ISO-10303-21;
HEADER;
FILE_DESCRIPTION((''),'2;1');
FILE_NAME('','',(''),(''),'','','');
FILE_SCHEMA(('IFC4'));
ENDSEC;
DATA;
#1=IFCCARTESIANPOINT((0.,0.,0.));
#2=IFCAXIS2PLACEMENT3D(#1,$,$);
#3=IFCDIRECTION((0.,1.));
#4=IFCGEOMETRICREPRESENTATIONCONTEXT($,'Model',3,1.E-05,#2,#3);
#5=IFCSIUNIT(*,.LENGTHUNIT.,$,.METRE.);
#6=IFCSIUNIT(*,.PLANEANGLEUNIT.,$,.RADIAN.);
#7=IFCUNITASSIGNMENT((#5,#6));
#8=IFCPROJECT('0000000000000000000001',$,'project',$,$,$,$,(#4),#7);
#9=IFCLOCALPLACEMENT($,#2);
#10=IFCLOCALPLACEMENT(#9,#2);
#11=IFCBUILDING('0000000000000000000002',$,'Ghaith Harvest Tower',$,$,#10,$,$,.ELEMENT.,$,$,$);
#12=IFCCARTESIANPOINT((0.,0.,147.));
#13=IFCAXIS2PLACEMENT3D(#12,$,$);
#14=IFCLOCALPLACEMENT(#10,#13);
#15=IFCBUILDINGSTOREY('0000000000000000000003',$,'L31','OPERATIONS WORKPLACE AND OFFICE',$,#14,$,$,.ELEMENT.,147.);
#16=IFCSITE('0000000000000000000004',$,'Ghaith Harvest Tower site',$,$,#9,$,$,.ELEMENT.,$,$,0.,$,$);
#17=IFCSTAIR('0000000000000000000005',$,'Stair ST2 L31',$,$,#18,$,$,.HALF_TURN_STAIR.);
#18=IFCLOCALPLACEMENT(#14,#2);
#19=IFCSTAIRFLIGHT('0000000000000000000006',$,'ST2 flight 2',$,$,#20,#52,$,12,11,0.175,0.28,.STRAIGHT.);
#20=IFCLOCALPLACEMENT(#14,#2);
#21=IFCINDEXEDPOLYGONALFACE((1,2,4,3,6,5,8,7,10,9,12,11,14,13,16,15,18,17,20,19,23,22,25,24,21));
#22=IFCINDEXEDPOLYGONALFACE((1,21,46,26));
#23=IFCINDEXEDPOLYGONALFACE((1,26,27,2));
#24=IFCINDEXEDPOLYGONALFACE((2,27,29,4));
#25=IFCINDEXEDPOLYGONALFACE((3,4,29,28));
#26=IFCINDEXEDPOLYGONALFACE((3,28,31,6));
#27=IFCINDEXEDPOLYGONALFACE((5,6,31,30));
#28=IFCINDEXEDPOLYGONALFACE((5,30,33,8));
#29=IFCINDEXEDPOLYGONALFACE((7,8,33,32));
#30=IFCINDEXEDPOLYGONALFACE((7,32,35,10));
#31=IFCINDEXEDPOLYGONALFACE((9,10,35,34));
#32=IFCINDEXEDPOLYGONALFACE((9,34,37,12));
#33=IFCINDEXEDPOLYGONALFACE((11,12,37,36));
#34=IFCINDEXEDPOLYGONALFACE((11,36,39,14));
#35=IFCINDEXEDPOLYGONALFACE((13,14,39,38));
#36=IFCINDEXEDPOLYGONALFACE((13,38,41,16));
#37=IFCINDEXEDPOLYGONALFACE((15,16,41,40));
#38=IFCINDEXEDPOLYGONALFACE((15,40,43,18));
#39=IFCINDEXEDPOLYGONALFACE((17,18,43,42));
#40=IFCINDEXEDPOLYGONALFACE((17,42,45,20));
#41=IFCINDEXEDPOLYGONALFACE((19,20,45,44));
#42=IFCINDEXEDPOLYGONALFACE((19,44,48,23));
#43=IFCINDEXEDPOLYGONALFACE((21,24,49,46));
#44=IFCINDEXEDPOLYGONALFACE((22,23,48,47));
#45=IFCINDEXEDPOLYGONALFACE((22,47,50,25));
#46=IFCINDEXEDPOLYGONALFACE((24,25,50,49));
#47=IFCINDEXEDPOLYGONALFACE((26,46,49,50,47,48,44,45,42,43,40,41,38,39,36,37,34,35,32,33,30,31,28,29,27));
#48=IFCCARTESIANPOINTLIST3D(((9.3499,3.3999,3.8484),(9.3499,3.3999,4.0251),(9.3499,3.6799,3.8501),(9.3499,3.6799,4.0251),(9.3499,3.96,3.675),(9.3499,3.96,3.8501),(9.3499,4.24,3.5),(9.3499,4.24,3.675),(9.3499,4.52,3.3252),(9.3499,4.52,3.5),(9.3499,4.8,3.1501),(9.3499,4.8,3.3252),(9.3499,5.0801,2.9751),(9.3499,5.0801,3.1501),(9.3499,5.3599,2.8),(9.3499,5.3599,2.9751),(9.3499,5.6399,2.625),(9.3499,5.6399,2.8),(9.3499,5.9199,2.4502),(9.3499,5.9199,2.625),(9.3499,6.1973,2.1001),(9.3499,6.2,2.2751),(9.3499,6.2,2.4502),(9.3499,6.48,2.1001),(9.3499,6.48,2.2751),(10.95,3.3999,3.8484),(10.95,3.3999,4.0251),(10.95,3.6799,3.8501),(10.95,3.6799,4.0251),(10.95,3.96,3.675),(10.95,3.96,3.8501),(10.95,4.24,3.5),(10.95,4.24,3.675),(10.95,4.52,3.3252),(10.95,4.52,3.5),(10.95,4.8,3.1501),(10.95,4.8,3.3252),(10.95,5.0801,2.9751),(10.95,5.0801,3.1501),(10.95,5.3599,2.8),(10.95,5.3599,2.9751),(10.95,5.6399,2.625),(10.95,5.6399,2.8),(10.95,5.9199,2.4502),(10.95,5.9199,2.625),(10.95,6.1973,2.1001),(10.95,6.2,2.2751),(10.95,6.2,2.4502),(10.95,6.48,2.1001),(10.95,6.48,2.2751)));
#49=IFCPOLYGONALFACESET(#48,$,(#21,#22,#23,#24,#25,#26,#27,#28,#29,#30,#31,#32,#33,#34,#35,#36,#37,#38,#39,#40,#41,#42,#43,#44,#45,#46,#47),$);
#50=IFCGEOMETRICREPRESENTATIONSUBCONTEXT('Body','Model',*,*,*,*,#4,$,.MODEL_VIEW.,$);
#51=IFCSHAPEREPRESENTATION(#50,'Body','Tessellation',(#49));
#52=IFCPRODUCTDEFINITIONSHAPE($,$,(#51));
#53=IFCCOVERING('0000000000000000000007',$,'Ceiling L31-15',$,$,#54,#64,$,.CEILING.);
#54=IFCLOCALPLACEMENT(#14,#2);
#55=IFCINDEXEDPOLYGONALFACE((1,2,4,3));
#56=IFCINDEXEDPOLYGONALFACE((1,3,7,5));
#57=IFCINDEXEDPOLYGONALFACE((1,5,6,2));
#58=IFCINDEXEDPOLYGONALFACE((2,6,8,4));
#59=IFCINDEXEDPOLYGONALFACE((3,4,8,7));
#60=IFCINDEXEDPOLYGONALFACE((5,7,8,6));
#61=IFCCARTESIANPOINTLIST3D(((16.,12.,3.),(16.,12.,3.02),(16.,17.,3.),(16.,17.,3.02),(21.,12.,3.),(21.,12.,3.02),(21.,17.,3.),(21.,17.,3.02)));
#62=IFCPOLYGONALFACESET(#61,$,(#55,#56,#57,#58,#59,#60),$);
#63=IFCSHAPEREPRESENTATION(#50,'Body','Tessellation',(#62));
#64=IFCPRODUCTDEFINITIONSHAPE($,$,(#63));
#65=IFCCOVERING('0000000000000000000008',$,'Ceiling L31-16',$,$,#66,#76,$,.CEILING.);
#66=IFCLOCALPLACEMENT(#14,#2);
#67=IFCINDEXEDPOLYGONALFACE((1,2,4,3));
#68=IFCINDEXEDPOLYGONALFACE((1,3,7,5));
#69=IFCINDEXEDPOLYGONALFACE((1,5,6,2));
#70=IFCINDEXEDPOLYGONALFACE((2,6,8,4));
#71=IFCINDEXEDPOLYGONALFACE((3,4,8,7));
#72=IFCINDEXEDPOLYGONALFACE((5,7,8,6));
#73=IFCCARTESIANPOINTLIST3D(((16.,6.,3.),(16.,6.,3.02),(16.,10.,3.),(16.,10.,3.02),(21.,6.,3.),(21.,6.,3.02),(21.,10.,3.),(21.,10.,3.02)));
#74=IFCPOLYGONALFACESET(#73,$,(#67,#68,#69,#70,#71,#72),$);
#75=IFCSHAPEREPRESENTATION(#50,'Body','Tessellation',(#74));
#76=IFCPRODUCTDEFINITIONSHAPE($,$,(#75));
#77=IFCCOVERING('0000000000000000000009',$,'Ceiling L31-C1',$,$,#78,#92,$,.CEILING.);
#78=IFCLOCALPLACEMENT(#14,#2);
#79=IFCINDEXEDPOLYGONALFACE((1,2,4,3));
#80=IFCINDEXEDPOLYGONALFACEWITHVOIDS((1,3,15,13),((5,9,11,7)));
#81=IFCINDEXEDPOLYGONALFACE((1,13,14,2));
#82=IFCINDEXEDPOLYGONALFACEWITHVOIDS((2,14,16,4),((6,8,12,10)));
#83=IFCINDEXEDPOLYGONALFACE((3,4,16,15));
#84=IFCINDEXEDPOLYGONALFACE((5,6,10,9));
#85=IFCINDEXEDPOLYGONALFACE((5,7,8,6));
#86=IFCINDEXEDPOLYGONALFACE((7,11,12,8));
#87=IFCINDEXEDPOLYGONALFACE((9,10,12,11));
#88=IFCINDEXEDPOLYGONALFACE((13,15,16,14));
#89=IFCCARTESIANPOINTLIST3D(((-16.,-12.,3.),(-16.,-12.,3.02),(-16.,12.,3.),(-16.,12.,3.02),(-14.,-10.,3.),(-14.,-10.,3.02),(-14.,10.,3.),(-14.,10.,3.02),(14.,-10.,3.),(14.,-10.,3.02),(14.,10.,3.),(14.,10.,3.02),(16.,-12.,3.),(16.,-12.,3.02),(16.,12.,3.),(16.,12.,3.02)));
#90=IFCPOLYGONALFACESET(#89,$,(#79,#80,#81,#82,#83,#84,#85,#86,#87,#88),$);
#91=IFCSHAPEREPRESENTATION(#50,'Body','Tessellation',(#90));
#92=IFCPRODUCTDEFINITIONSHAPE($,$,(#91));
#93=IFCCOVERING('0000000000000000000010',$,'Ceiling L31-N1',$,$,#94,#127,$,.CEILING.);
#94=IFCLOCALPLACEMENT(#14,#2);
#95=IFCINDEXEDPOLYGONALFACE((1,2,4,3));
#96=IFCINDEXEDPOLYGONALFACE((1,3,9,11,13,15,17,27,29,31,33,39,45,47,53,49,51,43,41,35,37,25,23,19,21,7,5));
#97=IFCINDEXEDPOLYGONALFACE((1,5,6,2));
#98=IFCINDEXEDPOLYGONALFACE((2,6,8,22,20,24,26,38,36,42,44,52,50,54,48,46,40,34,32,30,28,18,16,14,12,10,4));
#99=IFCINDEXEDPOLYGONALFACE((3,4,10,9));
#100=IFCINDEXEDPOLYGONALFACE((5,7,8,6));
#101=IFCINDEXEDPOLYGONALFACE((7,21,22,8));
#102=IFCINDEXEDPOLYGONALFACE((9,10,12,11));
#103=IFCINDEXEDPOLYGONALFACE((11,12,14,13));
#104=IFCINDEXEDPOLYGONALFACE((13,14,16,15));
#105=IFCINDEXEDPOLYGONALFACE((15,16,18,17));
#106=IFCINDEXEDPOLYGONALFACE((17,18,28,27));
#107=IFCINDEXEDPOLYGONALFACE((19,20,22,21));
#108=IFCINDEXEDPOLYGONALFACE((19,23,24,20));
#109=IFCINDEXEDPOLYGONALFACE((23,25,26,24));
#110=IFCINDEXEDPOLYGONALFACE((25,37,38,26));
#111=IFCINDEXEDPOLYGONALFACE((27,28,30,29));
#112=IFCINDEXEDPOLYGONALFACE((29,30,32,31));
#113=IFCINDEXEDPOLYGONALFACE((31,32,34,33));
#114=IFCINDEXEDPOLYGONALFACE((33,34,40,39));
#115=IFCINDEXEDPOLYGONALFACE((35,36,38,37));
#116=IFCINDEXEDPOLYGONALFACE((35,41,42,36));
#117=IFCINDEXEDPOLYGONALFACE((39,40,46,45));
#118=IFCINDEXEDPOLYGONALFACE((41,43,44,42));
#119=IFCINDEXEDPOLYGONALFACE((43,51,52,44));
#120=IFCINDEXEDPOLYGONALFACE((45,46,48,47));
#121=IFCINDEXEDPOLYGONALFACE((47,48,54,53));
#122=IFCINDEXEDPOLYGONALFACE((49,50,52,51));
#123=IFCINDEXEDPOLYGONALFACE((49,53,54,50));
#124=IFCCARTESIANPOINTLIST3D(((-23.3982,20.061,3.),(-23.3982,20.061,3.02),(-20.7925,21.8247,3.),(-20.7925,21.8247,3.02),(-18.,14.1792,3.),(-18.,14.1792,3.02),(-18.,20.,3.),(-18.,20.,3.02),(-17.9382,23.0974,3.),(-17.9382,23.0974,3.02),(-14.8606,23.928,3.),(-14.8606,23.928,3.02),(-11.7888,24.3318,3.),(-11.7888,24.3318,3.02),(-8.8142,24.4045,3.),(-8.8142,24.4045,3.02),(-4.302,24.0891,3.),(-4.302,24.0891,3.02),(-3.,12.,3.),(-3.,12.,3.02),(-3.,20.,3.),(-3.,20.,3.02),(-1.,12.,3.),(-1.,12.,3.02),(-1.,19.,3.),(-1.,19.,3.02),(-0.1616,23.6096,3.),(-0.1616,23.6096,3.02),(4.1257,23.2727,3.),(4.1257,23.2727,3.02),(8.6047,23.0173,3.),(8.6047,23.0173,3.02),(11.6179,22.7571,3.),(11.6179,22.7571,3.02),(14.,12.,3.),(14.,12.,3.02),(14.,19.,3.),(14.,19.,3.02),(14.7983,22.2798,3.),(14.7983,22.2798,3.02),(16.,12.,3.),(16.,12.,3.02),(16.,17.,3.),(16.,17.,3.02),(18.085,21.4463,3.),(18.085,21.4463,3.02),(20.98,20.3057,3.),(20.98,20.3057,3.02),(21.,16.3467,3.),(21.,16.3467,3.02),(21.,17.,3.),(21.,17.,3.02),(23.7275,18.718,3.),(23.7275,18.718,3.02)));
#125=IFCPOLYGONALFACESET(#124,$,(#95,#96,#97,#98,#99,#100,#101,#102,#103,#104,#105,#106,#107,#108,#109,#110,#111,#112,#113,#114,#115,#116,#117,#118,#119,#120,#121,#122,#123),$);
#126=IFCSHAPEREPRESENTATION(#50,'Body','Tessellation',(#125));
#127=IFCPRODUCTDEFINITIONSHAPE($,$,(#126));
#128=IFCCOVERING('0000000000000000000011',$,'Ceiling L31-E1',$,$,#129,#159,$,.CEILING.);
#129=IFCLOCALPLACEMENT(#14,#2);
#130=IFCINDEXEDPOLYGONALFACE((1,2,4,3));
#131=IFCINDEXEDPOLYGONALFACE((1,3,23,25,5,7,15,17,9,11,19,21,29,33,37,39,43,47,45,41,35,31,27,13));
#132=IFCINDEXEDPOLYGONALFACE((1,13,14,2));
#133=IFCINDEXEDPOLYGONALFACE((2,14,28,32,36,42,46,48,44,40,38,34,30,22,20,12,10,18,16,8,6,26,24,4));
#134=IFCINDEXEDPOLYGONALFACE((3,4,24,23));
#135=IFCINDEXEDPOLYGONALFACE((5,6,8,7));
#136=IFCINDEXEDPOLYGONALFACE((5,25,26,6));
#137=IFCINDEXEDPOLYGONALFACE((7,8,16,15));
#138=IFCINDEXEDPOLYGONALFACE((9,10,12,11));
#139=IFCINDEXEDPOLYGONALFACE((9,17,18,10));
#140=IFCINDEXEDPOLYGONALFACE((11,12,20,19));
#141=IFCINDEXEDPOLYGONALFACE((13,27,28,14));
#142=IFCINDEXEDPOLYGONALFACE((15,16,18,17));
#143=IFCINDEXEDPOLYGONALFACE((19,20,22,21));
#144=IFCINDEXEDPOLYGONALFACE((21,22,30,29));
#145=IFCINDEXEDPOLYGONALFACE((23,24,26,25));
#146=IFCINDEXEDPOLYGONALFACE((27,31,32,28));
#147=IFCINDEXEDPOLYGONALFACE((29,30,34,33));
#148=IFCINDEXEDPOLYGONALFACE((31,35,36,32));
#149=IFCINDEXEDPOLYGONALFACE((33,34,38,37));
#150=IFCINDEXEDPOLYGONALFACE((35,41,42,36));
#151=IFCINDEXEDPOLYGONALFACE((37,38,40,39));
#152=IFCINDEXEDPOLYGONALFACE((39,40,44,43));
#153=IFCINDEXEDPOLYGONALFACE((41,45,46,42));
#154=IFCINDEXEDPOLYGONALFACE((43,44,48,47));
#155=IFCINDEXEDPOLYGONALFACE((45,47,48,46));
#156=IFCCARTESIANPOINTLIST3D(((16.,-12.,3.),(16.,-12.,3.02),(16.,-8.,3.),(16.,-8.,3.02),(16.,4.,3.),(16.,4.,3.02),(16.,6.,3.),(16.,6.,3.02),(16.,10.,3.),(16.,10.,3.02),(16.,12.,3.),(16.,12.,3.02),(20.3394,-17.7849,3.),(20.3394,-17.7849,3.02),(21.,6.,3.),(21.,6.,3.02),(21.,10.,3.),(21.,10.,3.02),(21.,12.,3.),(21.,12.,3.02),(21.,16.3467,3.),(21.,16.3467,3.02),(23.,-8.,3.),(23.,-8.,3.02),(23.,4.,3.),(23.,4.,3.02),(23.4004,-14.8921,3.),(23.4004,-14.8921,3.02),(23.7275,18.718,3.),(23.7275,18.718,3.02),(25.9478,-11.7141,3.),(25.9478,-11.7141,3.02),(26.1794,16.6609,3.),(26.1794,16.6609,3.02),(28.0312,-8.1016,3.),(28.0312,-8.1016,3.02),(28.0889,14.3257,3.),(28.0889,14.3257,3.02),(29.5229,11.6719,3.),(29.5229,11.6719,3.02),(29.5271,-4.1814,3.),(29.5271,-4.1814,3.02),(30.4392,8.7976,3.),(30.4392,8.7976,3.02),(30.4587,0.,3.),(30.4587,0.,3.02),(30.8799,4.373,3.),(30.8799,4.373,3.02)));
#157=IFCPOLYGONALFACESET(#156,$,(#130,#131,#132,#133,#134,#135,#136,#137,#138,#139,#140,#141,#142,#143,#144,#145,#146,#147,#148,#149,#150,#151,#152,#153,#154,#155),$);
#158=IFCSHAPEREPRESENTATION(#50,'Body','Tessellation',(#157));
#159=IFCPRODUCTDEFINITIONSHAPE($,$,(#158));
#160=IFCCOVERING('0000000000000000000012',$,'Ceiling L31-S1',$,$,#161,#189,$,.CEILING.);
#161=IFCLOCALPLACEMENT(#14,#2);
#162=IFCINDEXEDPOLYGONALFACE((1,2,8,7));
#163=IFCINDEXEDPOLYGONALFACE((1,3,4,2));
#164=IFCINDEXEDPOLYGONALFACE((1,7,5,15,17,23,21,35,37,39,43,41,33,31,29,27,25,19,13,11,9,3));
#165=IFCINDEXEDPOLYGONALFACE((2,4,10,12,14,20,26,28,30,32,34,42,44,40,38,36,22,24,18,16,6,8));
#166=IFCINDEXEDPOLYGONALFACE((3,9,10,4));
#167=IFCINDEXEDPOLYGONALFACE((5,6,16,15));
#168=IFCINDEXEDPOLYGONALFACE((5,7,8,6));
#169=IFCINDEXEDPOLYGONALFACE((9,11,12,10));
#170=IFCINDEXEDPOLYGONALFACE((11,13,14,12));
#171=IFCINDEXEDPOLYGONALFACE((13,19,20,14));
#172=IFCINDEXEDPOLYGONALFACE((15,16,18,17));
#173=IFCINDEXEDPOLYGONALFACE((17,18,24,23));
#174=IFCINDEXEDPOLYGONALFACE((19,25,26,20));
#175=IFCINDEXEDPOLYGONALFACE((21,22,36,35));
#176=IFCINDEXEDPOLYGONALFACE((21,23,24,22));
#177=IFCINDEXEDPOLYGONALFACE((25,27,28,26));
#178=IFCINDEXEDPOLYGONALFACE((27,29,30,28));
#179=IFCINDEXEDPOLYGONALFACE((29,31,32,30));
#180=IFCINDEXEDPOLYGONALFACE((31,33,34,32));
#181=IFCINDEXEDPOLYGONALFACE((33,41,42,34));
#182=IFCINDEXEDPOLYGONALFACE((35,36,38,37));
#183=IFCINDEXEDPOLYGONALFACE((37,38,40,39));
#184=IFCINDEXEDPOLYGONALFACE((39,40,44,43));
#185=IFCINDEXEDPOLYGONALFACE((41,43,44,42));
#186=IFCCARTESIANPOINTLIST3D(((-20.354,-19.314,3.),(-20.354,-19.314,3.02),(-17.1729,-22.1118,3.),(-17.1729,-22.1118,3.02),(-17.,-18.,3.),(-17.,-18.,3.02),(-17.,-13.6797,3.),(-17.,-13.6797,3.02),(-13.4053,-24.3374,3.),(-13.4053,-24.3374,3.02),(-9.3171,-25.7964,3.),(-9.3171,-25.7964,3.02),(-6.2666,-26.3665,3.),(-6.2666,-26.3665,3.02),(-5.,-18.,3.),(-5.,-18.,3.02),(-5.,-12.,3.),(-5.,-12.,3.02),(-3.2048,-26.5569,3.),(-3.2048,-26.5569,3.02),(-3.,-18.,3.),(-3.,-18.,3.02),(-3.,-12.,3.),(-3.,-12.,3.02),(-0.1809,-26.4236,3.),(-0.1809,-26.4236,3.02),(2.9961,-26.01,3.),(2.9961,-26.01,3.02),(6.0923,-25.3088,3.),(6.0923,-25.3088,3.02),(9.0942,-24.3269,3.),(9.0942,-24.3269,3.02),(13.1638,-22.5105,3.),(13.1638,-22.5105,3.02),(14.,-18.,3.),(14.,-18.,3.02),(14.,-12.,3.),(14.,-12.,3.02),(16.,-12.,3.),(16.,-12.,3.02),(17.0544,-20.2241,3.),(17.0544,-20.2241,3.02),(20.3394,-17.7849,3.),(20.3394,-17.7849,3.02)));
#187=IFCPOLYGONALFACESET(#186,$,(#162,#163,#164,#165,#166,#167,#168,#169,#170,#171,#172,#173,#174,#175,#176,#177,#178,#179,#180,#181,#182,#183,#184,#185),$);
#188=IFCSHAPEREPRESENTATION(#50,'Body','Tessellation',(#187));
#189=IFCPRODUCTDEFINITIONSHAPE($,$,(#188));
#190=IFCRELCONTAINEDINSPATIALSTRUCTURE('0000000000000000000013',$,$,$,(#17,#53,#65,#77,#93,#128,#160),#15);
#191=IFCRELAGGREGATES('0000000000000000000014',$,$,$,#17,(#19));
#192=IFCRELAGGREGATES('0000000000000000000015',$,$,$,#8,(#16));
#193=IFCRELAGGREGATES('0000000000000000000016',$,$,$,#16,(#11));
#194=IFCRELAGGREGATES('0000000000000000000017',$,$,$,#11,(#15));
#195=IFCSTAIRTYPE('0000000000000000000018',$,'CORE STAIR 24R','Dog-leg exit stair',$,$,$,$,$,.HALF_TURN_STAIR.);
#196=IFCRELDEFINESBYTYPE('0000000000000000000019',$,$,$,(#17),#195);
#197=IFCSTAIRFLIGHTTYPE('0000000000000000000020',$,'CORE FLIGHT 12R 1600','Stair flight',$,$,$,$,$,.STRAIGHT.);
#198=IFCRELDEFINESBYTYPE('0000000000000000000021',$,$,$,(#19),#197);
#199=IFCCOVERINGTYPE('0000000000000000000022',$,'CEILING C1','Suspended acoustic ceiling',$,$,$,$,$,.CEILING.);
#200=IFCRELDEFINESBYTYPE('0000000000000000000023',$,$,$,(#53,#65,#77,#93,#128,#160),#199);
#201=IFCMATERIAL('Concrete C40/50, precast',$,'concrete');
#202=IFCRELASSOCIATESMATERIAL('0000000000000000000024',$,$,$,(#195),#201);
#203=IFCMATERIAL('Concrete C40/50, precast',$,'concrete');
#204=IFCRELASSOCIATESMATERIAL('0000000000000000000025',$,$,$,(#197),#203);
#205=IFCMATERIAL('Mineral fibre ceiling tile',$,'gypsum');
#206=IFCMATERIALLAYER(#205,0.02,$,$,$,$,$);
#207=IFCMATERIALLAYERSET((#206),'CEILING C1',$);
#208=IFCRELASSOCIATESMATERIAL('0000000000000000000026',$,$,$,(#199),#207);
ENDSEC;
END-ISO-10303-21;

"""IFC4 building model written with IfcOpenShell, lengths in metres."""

from ifc_helpers import new_model, si_unit, direction, frame, origin, place, context, subcontext, project, spatial, polyline, outline, extrude, material, layer, layer_set, type_object, element, aggregate, save


model = new_model("IFC4")

# Units and contexts
model_context = context("Model", 3, precision=1e-05, world=origin(), true_north=direction((0.0, 1.0)))
body_context = subcontext(model_context, "Body", "Model", "MODEL_VIEW")
ifc_project = project(units=[si_unit("LENGTHUNIT", "METRE"), si_unit("PLANEANGLEUNIT", "RADIAN")], contexts=[model_context])

# Site, building, storey
site_placement = place(None, origin())
site = spatial("IfcSite", under=ifc_project, at=site_placement, Name="Ghaith Harvest Tower site", CompositionType="ELEMENT", RefElevation=0.0)
building_placement = place(site_placement, origin())
building = spatial("IfcBuilding", under=site, at=building_placement, Name="Ghaith Harvest Tower", CompositionType="ELEMENT")
storey_placement = place(building_placement, frame((0.0, 0.0, 147.0)))
storey = spatial("IfcBuildingStorey", under=building, at=storey_placement, Name="L31", Description="OPERATIONS WORKPLACE AND OFFICE", CompositionType="ELEMENT", Elevation=147.0)

# Stair, stair flight
ifc_material_1 = material(Name="Concrete C40/50, precast", Category="concrete")
stair_type = type_object("IfcStairType", Name="CORE STAIR 24R", Description="Dog-leg exit stair", PredefinedType="HALF_TURN_STAIR", material=ifc_material_1)
stair_placement = place(storey_placement, origin())
stair = element("IfcStair", 1, at=stair_placement, inside=storey, type_object=stair_type, Name="Stair ST2 L31", PredefinedType="HALF_TURN_STAIR")
ifc_material_2 = material(Name="Concrete C40/50, precast", Category="concrete")
stair_flight_type = type_object("IfcStairFlightType", Name="CORE FLIGHT 12R 1600", Description="Stair flight", PredefinedType="STRAIGHT", material=ifc_material_2)
stair_flight_1_placement = place(storey_placement, frame((10.1499, 6.48, 2.1001), z_axis=(0.0, 0.0, 1.0), x_axis=(0.0, -1.0, 0.0)))
stair_flight_1 = element("IfcStairFlight", 2, at=stair_flight_1_placement, type_object=stair_flight_type, Name="ST2 flight 2", NumberOfRisers=12, NumberOfTreads=11, PredefinedType="STRAIGHT", RiserHeight=0.175, TreadLength=0.28, context=body_context, shape_type="SweptSolid", body=[
    extrude(outline(polyline([(0.0, 0.0), (0.0, 0.175), (0.28, 0.175), (0.28, 0.3501), (0.5601, 0.3501), (0.5601, 0.5249), (0.8401, 0.5249), (0.8401, 0.7), (1.1201, 0.7), (1.1201, 0.875), (1.3999, 0.875), (1.3999, 1.05), (1.6799, 1.05), (1.6799, 1.2251), (1.96, 1.2251), (1.96, 1.3999), (2.24, 1.3999), (2.24, 1.575), (2.52, 1.575), (2.52, 1.75), (2.8, 1.75), (2.8, 1.925), (3.0801, 1.925), (3.0801, 2.1001), (3.0801, 1.7483), (0.2827, 0.0), (0.0, 0.0)])), frame((0.0, 0.8, 0.0), z_axis=(0.0, -1.0, 0.0), x_axis=(1.0, 0.0, 0.0)), (0.0, 0.0, 1.0), 1.6001),
])
aggregate(stair, [stair_flight_1])

# Coverings
ifc_material_3 = material(Name="Mineral fibre ceiling tile", Category="gypsum")
ifc_layer_1 = layer(ifc_material_3, 0.02)
ifc_layer_set_1 = layer_set([ifc_layer_1], Name="CEILING C1")
covering_type = type_object("IfcCoveringType", Name="CEILING C1", Description="Suspended acoustic ceiling", PredefinedType="CEILING", material=ifc_layer_set_1)
covering_1_placement = place(storey_placement, frame((0.0, 0.0, 3.0)))
element("IfcCovering", 3, at=covering_1_placement, inside=storey, type_object=covering_type, Name="Ceiling L31-15", PredefinedType="CEILING", context=body_context, shape_type="SweptSolid", body=[
    extrude(outline(polyline([(16.0, 12.0), (21.0, 12.0), (21.0, 17.0), (16.0, 17.0), (16.0, 12.0)])), origin(), (0.0, 0.0, 1.0), 0.02),
])
covering_2_placement = place(storey_placement, frame((0.0, 0.0, 3.0)))
element("IfcCovering", 4, at=covering_2_placement, inside=storey, type_object=covering_type, Name="Ceiling L31-16", PredefinedType="CEILING", context=body_context, shape_type="SweptSolid", body=[
    extrude(outline(polyline([(16.0, 6.0), (21.0, 6.0), (21.0, 10.0), (16.0, 10.0), (16.0, 6.0)])), origin(), (0.0, 0.0, 1.0), 0.02),
])
covering_3_placement = place(storey_placement, frame((0.0, 0.0, 3.0)))
element("IfcCovering", 5, at=covering_3_placement, inside=storey, type_object=covering_type, Name="Ceiling L31-C1", PredefinedType="CEILING", context=body_context, shape_type="SweptSolid", body=[
    extrude(outline(polyline([(-16.0, 12.0), (16.0, 12.0), (16.0, -12.0), (-16.0, -12.0), (-16.0, 12.0)]), holes=[polyline([(14.0, 10.0), (-14.0, 10.0), (-14.0, -10.0), (14.0, -10.0), (14.0, 10.0)])]), origin(), (0.0, 0.0, 1.0), 0.02),
])
covering_4_placement = place(storey_placement, frame((0.0, 0.0, 3.0)))
element("IfcCovering", 6, at=covering_4_placement, inside=storey, type_object=covering_type, Name="Ceiling L31-N1", PredefinedType="CEILING", context=body_context, shape_type="SweptSolid", body=[
    extrude(outline(polyline([(-20.7925, 21.8247), (-17.9382, 23.0974), (-14.8606, 23.928), (-11.7888, 24.3318), (-8.8142, 24.4045), (-4.302, 24.0891), (-0.1616, 23.6096), (4.1257, 23.2727), (8.6047, 23.0173), (11.6179, 22.7571), (14.7983, 22.2798), (18.085, 21.4463), (20.98, 20.3057), (23.7275, 18.718), (21.0, 16.3467), (21.0, 17.0), (16.0, 17.0), (16.0, 12.0), (14.0, 12.0), (14.0, 19.0), (-1.0, 19.0), (-1.0, 12.0), (-3.0, 12.0), (-3.0, 20.0), (-18.0, 20.0), (-18.0, 14.1792), (-23.3982, 20.061), (-20.7925, 21.8247)])), origin(), (0.0, 0.0, 1.0), 0.02),
])
covering_5_placement = place(storey_placement, frame((0.0, 0.0, 3.0)))
element("IfcCovering", 7, at=covering_5_placement, inside=storey, type_object=covering_type, Name="Ceiling L31-E1", PredefinedType="CEILING", context=body_context, shape_type="SweptSolid", body=[
    extrude(outline(polyline([(26.1794, 16.6609), (28.0889, 14.3257), (29.5229, 11.6719), (30.4392, 8.7976), (30.8799, 4.373), (30.4587, 0.0), (29.5271, -4.1814), (28.0312, -8.1016), (25.9478, -11.7141), (23.4004, -14.8921), (20.3394, -17.7849), (16.0, -12.0), (16.0, -8.0), (23.0, -8.0), (23.0, 4.0), (16.0, 4.0), (16.0, 6.0), (21.0, 6.0), (21.0, 10.0), (16.0, 10.0), (16.0, 12.0), (21.0, 12.0), (21.0, 16.3467), (23.7275, 18.718), (26.1794, 16.6609)])), origin(), (0.0, 0.0, 1.0), 0.02),
])
covering_6_placement = place(storey_placement, frame((0.0, 0.0, 3.0)))
element("IfcCovering", 8, at=covering_6_placement, inside=storey, type_object=covering_type, Name="Ceiling L31-S1", PredefinedType="CEILING", context=body_context, shape_type="SweptSolid", body=[
    extrude(outline(polyline([(17.0544, -20.2241), (13.1638, -22.5105), (9.0942, -24.3269), (6.0923, -25.3088), (2.9961, -26.01), (-0.1809, -26.4236), (-3.2048, -26.5569), (-6.2666, -26.3665), (-9.3171, -25.7964), (-13.4053, -24.3374), (-17.1729, -22.1118), (-20.354, -19.314), (-17.0, -13.6797), (-17.0, -18.0), (-5.0, -18.0), (-5.0, -12.0), (-3.0, -12.0), (-3.0, -18.0), (14.0, -18.0), (14.0, -12.0), (16.0, -12.0), (20.3394, -17.7849), (17.0544, -20.2241)])), origin(), (0.0, 0.0, 1.0), 0.02),
])

save(model, "model.ifc")
